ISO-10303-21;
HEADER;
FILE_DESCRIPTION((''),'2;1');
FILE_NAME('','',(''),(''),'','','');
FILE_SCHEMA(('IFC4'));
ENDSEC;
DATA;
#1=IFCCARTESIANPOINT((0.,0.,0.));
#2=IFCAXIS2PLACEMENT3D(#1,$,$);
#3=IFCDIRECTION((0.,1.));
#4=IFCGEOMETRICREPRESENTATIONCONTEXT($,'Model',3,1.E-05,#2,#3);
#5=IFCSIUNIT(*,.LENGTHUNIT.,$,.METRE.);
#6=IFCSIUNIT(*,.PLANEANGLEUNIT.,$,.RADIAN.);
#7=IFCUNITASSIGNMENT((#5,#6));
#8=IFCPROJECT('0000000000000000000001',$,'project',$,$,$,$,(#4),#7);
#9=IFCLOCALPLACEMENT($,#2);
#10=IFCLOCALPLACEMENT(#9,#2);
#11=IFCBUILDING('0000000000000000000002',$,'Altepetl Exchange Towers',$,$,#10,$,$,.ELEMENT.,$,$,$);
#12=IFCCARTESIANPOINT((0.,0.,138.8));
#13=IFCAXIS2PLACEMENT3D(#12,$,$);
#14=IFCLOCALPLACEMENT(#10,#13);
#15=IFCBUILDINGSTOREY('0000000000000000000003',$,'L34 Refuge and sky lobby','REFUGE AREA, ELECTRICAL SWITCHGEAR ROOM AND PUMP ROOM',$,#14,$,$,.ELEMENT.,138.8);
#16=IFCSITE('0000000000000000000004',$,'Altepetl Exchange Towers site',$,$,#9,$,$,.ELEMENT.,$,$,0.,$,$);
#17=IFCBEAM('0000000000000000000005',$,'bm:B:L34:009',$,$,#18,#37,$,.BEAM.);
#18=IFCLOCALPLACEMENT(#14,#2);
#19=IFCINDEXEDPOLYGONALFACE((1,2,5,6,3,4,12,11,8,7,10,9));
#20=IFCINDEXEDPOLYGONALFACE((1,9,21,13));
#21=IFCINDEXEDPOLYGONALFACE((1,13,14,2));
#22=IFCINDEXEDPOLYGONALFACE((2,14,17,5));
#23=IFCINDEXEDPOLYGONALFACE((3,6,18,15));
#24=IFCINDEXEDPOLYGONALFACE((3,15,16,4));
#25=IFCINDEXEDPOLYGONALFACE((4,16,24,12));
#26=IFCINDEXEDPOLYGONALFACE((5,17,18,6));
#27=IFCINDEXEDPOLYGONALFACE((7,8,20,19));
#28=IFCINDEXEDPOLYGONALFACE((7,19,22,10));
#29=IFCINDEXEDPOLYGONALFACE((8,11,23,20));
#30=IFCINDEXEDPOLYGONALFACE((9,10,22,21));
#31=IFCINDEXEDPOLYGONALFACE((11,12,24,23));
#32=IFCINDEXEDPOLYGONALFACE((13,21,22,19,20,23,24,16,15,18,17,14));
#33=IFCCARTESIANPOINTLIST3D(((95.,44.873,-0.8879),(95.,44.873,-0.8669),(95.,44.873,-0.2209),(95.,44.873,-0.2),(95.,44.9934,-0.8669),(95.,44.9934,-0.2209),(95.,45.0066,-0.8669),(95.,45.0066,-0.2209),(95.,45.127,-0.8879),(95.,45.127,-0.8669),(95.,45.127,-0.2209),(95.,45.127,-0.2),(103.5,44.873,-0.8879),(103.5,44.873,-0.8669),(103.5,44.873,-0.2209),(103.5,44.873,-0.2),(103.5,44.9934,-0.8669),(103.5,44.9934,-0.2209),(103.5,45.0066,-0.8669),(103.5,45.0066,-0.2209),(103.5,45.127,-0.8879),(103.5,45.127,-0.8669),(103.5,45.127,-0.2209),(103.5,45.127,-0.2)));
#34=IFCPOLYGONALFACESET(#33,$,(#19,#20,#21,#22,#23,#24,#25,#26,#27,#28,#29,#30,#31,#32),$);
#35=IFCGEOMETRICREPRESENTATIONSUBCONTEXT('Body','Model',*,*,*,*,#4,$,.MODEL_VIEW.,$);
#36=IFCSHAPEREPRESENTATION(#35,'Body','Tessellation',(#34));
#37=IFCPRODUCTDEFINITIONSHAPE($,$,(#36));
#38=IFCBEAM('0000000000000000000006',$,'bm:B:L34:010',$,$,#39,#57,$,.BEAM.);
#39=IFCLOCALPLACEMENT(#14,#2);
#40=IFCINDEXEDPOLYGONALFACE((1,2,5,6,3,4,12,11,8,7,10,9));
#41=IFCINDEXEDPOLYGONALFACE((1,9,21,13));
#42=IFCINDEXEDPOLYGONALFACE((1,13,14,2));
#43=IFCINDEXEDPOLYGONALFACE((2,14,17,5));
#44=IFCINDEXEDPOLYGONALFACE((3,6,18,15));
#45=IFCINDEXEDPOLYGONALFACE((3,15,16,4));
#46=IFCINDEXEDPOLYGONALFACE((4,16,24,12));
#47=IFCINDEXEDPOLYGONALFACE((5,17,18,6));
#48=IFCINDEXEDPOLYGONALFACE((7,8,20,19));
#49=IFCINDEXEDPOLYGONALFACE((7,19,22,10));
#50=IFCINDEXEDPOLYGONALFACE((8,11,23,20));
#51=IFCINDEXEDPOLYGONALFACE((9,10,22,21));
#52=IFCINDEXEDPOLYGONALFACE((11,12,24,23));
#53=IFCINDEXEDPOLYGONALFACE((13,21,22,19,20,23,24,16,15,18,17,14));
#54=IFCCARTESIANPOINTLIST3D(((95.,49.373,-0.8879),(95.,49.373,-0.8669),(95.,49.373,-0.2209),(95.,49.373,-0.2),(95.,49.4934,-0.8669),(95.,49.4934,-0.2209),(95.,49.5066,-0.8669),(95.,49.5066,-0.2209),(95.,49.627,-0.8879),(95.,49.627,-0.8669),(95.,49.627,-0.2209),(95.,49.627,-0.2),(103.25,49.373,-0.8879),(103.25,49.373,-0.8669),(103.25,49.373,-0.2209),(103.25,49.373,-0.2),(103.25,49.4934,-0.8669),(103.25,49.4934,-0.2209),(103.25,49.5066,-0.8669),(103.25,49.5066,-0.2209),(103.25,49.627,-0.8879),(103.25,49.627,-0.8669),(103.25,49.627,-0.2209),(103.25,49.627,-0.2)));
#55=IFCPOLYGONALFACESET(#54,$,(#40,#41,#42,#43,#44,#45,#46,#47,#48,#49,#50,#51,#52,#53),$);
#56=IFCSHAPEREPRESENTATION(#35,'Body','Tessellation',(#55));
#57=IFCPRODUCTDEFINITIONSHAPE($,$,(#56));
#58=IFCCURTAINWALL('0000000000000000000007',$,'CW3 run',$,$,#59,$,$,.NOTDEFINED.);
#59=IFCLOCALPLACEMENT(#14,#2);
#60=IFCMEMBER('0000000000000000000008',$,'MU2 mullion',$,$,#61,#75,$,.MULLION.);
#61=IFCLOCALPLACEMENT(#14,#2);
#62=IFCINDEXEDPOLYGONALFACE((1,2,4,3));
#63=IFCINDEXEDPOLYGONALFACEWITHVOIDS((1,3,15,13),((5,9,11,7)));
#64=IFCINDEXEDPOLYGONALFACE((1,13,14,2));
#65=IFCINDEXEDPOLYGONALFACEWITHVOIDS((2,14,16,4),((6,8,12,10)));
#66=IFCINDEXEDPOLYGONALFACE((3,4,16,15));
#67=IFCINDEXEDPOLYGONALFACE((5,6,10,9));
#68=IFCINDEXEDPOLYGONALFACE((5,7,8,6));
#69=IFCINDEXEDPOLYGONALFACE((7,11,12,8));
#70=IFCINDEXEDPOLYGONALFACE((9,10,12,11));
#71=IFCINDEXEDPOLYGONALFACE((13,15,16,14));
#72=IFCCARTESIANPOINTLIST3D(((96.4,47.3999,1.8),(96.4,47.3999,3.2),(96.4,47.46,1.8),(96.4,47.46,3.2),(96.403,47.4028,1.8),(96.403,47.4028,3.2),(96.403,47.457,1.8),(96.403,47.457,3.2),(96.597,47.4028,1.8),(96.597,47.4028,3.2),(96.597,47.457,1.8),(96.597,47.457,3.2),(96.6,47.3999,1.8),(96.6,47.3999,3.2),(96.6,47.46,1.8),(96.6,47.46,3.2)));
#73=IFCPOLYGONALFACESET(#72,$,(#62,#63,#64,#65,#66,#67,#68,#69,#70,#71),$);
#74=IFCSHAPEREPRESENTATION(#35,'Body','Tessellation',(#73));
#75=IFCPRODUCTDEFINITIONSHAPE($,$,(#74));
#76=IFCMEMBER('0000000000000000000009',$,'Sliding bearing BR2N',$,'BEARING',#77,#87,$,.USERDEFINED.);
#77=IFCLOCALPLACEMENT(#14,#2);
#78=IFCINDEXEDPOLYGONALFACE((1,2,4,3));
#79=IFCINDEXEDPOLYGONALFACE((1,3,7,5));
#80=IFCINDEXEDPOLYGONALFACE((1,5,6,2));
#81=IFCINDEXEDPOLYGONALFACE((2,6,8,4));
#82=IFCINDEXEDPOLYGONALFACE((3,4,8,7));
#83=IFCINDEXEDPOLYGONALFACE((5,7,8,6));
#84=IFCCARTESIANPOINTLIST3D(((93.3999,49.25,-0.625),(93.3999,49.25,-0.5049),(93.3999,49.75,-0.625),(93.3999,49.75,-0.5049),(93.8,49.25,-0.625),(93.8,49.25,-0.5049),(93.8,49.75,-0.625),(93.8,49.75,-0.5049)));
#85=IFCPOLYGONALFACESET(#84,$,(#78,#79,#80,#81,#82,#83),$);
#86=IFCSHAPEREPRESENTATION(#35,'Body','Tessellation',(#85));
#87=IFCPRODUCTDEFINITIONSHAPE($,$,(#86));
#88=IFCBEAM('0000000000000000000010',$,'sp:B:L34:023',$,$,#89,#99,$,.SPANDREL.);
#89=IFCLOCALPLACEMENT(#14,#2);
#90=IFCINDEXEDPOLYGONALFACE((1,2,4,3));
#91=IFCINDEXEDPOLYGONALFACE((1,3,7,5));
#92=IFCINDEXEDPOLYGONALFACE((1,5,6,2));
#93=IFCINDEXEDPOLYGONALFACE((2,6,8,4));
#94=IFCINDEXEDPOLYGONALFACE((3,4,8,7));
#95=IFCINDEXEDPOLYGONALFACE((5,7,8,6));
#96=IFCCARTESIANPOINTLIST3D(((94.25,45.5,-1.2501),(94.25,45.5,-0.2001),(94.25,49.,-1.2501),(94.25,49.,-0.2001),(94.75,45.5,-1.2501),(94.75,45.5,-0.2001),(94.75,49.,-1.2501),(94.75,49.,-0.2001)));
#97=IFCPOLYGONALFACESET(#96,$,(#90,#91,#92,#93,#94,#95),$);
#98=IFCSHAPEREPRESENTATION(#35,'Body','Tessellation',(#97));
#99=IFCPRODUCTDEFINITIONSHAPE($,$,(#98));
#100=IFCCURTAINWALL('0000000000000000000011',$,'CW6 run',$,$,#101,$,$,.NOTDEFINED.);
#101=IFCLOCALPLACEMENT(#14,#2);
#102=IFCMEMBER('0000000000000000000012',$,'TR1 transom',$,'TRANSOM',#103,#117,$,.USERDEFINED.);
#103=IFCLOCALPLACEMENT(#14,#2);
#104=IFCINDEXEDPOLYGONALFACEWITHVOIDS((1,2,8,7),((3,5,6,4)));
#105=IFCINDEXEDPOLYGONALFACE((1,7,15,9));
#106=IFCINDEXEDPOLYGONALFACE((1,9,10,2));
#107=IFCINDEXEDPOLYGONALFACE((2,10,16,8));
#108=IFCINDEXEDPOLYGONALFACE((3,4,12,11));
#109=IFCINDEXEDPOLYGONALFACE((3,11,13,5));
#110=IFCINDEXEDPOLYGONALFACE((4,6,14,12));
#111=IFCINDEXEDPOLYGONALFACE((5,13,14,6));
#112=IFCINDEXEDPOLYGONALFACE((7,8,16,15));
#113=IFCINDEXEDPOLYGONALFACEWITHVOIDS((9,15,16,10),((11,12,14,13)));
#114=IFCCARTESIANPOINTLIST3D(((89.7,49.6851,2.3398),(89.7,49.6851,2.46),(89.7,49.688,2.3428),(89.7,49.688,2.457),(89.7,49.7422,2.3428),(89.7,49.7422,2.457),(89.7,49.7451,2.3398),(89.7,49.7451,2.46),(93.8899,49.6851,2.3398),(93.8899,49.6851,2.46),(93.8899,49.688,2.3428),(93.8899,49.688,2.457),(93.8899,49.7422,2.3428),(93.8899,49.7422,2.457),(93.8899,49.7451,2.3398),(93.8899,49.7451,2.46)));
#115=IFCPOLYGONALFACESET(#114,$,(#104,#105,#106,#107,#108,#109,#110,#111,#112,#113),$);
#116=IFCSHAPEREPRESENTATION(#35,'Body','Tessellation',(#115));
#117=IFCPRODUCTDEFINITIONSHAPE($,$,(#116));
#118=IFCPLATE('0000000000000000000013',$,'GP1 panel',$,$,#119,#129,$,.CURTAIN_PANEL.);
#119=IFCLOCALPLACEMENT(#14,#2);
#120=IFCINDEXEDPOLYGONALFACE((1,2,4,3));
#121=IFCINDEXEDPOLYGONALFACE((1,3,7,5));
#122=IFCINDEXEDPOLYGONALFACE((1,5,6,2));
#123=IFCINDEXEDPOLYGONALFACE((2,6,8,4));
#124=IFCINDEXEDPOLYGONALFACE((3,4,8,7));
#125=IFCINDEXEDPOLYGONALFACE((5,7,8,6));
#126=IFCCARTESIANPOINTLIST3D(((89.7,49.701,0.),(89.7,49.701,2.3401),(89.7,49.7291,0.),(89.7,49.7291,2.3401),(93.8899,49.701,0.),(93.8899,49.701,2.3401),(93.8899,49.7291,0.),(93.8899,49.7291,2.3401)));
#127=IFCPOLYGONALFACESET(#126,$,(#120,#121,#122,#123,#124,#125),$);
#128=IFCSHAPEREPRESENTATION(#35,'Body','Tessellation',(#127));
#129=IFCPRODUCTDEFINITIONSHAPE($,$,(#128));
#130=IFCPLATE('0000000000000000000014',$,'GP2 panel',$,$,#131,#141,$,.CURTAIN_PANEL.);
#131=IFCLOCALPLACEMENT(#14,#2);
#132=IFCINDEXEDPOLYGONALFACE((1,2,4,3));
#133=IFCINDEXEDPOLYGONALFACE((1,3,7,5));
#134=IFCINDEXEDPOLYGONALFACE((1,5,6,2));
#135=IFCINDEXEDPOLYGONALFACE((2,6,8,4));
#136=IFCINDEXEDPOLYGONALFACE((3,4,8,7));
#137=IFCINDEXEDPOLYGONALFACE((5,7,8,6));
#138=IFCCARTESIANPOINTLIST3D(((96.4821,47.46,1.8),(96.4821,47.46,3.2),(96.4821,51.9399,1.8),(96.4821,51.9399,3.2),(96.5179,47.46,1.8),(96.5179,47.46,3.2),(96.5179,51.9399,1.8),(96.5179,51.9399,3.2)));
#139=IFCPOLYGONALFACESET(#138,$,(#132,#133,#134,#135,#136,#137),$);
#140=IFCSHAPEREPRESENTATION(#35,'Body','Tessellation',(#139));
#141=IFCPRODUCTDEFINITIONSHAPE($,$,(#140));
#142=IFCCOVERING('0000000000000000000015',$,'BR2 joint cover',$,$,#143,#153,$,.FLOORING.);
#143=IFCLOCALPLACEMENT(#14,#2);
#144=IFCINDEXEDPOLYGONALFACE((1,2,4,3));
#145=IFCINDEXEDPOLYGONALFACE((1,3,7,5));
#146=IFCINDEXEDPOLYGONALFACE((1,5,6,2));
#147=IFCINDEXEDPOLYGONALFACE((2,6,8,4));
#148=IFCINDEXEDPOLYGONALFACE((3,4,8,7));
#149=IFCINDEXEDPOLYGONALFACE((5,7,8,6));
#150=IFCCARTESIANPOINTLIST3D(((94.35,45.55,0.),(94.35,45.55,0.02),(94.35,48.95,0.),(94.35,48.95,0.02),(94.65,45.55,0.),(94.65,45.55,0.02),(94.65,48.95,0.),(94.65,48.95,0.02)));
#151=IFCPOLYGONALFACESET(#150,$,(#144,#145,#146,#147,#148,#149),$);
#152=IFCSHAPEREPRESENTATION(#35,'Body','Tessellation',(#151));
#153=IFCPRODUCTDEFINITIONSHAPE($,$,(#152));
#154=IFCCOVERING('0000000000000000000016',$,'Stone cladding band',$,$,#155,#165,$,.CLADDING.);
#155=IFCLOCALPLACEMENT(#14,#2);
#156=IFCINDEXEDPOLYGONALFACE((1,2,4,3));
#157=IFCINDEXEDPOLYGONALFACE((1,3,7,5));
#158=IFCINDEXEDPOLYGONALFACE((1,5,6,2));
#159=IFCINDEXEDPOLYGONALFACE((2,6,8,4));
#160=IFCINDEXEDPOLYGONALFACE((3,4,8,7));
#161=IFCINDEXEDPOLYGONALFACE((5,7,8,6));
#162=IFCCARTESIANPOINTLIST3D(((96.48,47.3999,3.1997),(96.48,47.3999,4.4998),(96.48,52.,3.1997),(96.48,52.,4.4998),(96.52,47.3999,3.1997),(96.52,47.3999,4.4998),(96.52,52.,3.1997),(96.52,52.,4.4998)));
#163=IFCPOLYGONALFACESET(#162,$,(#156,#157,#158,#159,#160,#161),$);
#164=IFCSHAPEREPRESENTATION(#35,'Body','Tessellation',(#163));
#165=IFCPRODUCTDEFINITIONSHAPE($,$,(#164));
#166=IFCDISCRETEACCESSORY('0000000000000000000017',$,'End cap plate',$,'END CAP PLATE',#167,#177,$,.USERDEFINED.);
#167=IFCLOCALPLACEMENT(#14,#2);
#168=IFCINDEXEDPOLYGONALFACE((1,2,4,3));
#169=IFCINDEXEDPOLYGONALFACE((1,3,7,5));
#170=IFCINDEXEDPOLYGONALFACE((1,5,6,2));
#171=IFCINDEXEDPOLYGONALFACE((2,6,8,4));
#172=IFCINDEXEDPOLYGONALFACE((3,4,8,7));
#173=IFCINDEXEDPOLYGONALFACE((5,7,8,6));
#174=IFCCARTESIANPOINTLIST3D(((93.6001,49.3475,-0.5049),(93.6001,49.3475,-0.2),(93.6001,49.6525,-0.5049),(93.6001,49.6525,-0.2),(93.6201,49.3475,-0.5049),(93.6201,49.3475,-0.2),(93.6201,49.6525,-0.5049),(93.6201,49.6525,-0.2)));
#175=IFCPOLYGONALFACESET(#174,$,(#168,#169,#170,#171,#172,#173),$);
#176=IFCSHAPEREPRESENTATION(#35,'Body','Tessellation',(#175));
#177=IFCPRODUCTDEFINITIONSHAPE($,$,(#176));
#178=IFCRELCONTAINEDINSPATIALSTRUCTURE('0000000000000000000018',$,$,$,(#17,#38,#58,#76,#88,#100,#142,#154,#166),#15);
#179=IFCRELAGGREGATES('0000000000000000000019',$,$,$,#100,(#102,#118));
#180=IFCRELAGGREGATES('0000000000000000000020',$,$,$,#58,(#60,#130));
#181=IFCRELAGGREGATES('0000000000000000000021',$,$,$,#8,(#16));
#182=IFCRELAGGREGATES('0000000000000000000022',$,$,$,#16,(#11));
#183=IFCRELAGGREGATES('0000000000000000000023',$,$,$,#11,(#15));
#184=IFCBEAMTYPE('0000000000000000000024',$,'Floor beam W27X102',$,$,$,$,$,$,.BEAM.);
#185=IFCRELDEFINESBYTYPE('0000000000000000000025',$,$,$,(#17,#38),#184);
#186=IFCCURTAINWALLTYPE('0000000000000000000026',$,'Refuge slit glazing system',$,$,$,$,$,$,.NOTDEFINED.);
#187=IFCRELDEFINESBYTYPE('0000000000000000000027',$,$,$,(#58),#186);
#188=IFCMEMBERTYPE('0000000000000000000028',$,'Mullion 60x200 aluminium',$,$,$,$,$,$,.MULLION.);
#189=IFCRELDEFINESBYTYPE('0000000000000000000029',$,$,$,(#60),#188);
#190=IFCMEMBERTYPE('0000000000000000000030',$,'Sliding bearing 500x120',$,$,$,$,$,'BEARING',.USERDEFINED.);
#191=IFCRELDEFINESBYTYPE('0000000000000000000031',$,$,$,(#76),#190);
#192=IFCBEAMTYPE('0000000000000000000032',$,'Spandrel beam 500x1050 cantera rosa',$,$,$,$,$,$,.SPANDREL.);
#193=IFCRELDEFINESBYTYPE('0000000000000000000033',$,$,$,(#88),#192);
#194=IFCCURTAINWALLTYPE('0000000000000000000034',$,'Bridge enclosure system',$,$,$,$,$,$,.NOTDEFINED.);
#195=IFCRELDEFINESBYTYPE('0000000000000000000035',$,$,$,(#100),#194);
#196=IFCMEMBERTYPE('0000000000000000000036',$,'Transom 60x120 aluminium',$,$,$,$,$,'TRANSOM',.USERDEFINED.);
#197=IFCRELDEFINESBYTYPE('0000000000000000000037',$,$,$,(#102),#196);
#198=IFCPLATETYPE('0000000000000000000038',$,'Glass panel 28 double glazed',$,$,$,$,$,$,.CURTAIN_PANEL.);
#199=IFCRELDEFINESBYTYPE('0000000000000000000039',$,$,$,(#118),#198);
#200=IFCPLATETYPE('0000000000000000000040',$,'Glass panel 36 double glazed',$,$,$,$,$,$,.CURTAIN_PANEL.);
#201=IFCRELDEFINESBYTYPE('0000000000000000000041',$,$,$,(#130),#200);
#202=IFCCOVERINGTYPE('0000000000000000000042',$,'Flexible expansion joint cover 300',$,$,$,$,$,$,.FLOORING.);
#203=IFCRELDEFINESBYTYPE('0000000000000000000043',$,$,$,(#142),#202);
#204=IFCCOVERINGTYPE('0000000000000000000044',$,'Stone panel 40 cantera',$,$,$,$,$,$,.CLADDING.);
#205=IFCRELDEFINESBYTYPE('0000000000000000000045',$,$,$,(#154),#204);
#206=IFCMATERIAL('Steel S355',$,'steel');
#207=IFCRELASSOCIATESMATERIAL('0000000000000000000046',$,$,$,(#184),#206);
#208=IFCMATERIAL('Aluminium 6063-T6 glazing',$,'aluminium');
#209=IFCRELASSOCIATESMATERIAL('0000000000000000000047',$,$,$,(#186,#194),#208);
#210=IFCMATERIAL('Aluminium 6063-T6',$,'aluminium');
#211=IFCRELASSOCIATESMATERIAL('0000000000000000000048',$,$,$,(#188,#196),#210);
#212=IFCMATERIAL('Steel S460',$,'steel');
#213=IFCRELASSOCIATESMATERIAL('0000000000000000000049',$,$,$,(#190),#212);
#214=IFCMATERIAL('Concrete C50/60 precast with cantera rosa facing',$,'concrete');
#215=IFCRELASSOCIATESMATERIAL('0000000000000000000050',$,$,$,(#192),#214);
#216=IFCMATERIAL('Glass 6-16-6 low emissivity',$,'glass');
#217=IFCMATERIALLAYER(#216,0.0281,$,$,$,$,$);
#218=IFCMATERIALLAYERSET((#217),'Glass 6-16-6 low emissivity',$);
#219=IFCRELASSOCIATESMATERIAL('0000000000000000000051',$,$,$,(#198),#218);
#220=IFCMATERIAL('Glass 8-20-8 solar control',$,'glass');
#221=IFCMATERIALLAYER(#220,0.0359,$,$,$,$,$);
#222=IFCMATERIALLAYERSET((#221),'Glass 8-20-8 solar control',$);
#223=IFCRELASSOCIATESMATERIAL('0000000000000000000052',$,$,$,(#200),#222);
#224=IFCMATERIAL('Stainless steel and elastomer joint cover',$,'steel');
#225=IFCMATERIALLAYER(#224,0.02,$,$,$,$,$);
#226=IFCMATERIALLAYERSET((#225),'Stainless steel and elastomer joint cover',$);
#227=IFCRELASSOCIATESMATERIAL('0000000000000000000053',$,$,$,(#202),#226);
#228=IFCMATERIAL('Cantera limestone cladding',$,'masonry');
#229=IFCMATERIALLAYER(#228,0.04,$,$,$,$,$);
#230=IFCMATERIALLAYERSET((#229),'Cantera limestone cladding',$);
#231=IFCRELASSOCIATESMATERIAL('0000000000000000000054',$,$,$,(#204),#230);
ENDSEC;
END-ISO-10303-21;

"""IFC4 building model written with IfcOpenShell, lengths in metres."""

from ifc_helpers import new_model, si_unit, direction, frame, origin, origin_2d, place, context, subcontext, project, spatial, rectangle, hollow_rectangle, i_section, extrude, material, layer, layer_set, material_profile, profile_set, type_object, element, aggregate, save


model = new_model("IFC4")

# Units and contexts
model_context = context("Model", 3, precision=1e-05, world=origin(), true_north=direction((0.0, 1.0)))
body_context = subcontext(model_context, "Body", "Model", "MODEL_VIEW")
ifc_project = project(units=[si_unit("LENGTHUNIT", "METRE"), si_unit("PLANEANGLEUNIT", "RADIAN")], contexts=[model_context])

# Site, building, storey
site_placement = place(None, origin())
site = spatial("IfcSite", under=ifc_project, at=site_placement, Name="Altepetl Exchange Towers site", CompositionType="ELEMENT", RefElevation=0.0)
building_placement = place(site_placement, origin())
building = spatial("IfcBuilding", under=site, at=building_placement, Name="Altepetl Exchange Towers", CompositionType="ELEMENT")
storey_placement = place(building_placement, frame((0.0, 0.0, 138.8)))
storey = spatial("IfcBuildingStorey", under=building, at=storey_placement, Name="L34 Refuge and sky lobby", Description="REFUGE AREA, ELECTRICAL SWITCHGEAR ROOM AND PUMP ROOM", CompositionType="ELEMENT", Elevation=138.8)

# Shared definitions
ifc_material_1 = material(Name="Steel S355", Category="steel")

# Beams
ifc_material_profile_1 = material_profile(ifc_material_1, i_section(OverallWidth=0.2539, OverallDepth=0.688, WebThickness=0.0132, FlangeThickness=0.021, at=origin_2d()), Name="W27X102")
ifc_profile_set_1 = profile_set([ifc_material_profile_1], Name="Steel S355")
beam_type_1 = type_object("IfcBeamType", Name="Floor beam W27X102", PredefinedType="BEAM", material=ifc_profile_set_1)
beam_1_placement = place(storey_placement, frame((95.0, 45.0, -0.5439), z_axis=(1.0, 0.0, 0.0), x_axis=(0.0, 1.0, 0.0)))
element("IfcBeam", 1, at=beam_1_placement, inside=storey, type_object=beam_type_1, Name="bm:B:L34:009", PredefinedType="BEAM", context=body_context, shape_type="SweptSolid", body=[
    extrude(i_section(OverallWidth=0.2539, OverallDepth=0.688, WebThickness=0.0132, FlangeThickness=0.021, at=origin_2d()), origin(), (0.0, 0.0, 1.0), 8.5),
])
beam_2_placement = place(storey_placement, frame((95.0, 49.5, -0.5439), z_axis=(1.0, 0.0, 0.0), x_axis=(0.0, 1.0, 0.0)))
element("IfcBeam", 2, at=beam_2_placement, inside=storey, type_object=beam_type_1, Name="bm:B:L34:010", PredefinedType="BEAM", context=body_context, shape_type="SweptSolid", body=[
    extrude(i_section(OverallWidth=0.2539, OverallDepth=0.688, WebThickness=0.0132, FlangeThickness=0.021, at=origin_2d()), origin(), (0.0, 0.0, 1.0), 8.25),
])

# Curtain wall, member
ifc_material_2 = material(Name="Aluminium 6063-T6 glazing", Category="aluminium")
curtain_wall_type_1 = type_object("IfcCurtainWallType", Name="Refuge slit glazing system", PredefinedType="NOTDEFINED", material=ifc_material_2)
curtain_wall_1_placement = place(storey_placement, origin())
curtain_wall_1 = element("IfcCurtainWall", 3, at=curtain_wall_1_placement, inside=storey, type_object=curtain_wall_type_1, Name="CW3 run", PredefinedType="NOTDEFINED")
ifc_material_3 = material(Name="Aluminium 6063-T6", Category="aluminium")
ifc_material_profile_2 = material_profile(ifc_material_3, hollow_rectangle(XDim=0.0601, YDim=0.2, WallThickness=0.0029, at=origin_2d()), Name="Mullion 60x200 aluminium")
ifc_profile_set_2 = profile_set([ifc_material_profile_2], Name="Aluminium 6063-T6")
member_type_1 = type_object("IfcMemberType", Name="Mullion 60x200 aluminium", PredefinedType="MULLION", material=ifc_profile_set_2)
member_1_placement = place(storey_placement, frame((96.5, 47.4299, 1.8), z_axis=(0.0, 0.0, 1.0), x_axis=(0.0, -1.0, 0.0)))
member_1 = element("IfcMember", 4, at=member_1_placement, type_object=member_type_1, Name="MU2 mullion", PredefinedType="MULLION", context=body_context, shape_type="SweptSolid", body=[
    extrude(hollow_rectangle(XDim=0.0601, YDim=0.2, WallThickness=0.0029, at=origin_2d()), origin(), (0.0, 0.0, 1.0), 1.3999),
])

# Member
ifc_material_4 = material(Name="Steel S460", Category="steel")
ifc_material_profile_3 = material_profile(ifc_material_4, rectangle(XDim=0.5, YDim=0.1201, at=origin_2d()), Name="500 x 120")
ifc_profile_set_3 = profile_set([ifc_material_profile_3], Name="Steel S460")
member_type_2 = type_object("IfcMemberType", Name="Sliding bearing 500x120", ElementType="BEARING", PredefinedType="USERDEFINED", material=ifc_profile_set_3)
member_2_placement = place(storey_placement, frame((93.3999, 49.5, -0.5649), z_axis=(1.0, 0.0, 0.0), x_axis=(0.0, 1.0, 0.0)))
element("IfcMember", 5, at=member_2_placement, inside=storey, type_object=member_type_2, Name="Sliding bearing BR2N", ObjectType="BEARING", PredefinedType="USERDEFINED", context=body_context, shape_type="SweptSolid", body=[
    extrude(rectangle(XDim=0.5, YDim=0.1201, at=origin_2d()), origin(), (0.0, 0.0, 1.0), 0.4001),
])

# Beam
ifc_material_5 = material(Name="Concrete C50/60 precast with cantera rosa facing", Category="concrete")
ifc_material_profile_4 = material_profile(ifc_material_5, rectangle(XDim=0.5, YDim=1.05, at=origin_2d()), Name="500 x 1050")
ifc_profile_set_4 = profile_set([ifc_material_profile_4], Name="Concrete C50/60 precast with cantera rosa facing")
beam_type_2 = type_object("IfcBeamType", Name="Spandrel beam 500x1050 cantera rosa", PredefinedType="SPANDREL", material=ifc_profile_set_4)
beam_3_placement = place(storey_placement, frame((94.5, 49.0, -0.7251), z_axis=(0.0, -1.0, 0.0), x_axis=(1.0, 0.0, 0.0)))
element("IfcBeam", 6, at=beam_3_placement, inside=storey, type_object=beam_type_2, Name="sp:B:L34:023", PredefinedType="SPANDREL", context=body_context, shape_type="SweptSolid", body=[
    extrude(rectangle(XDim=0.5, YDim=1.05, at=origin_2d()), origin(), (0.0, 0.0, 1.0), 3.5),
])

# Curtain wall, member, plate
curtain_wall_type_2 = type_object("IfcCurtainWallType", Name="Bridge enclosure system", PredefinedType="NOTDEFINED", material=ifc_material_2)
curtain_wall_2_placement = place(storey_placement, origin())
curtain_wall_2 = element("IfcCurtainWall", 7, at=curtain_wall_2_placement, inside=storey, type_object=curtain_wall_type_2, Name="CW6 run", PredefinedType="NOTDEFINED")
ifc_material_profile_5 = material_profile(ifc_material_3, hollow_rectangle(XDim=0.0601, YDim=0.1201, WallThickness=0.0029, at=origin_2d()), Name="Transom 60x120 aluminium")
ifc_profile_set_5 = profile_set([ifc_material_profile_5], Name="Aluminium 6063-T6")
member_type_3 = type_object("IfcMemberType", Name="Transom 60x120 aluminium", ElementType="TRANSOM", PredefinedType="USERDEFINED", material=ifc_profile_set_5)
member_3_placement = place(storey_placement, frame((89.7, 49.7151, 2.3999), z_axis=(1.0, 0.0, 0.0), x_axis=(0.0, 1.0, 0.0)))
member_3 = element("IfcMember", 8, at=member_3_placement, type_object=member_type_3, Name="TR1 transom", ObjectType="TRANSOM", PredefinedType="USERDEFINED", context=body_context, shape_type="SweptSolid", body=[
    extrude(hollow_rectangle(XDim=0.0601, YDim=0.1201, WallThickness=0.0029, at=origin_2d()), origin(), (0.0, 0.0, 1.0), 4.1899),
])
ifc_material_6 = material(Name="Glass 6-16-6 low emissivity", Category="glass")
ifc_layer_1 = layer(ifc_material_6, 0.0281)
ifc_layer_set_1 = layer_set([ifc_layer_1], Name="Glass 6-16-6 low emissivity")
plate_type_1 = type_object("IfcPlateType", Name="Glass panel 28 double glazed", PredefinedType="CURTAIN_PANEL", material=ifc_layer_set_1)
plate_1_placement = place(storey_placement, frame((91.7949, 49.7151, 0.0)))
plate_1 = element("IfcPlate", 9, at=plate_1_placement, type_object=plate_type_1, Name="GP1 panel", PredefinedType="CURTAIN_PANEL", context=body_context, shape_type="SweptSolid", body=[
    extrude(rectangle(XDim=4.1899, YDim=0.0281, at=origin_2d()), origin(), (0.0, 0.0, 1.0), 2.3401),
])
aggregate(curtain_wall_2, [member_3, plate_1])

# Plate
ifc_material_7 = material(Name="Glass 8-20-8 solar control", Category="glass")
ifc_layer_2 = layer(ifc_material_7, 0.0359)
ifc_layer_set_2 = layer_set([ifc_layer_2], Name="Glass 8-20-8 solar control")
plate_type_2 = type_object("IfcPlateType", Name="Glass panel 36 double glazed", PredefinedType="CURTAIN_PANEL", material=ifc_layer_set_2)
plate_2_placement = place(storey_placement, frame((96.5, 49.7, 1.8), z_axis=(0.0, 0.0, 1.0), x_axis=(0.0, -1.0, 0.0)))
plate_2 = element("IfcPlate", 10, at=plate_2_placement, type_object=plate_type_2, Name="GP2 panel", PredefinedType="CURTAIN_PANEL", context=body_context, shape_type="SweptSolid", body=[
    extrude(rectangle(XDim=4.48, YDim=0.0359, at=origin_2d()), origin(), (0.0, 0.0, 1.0), 1.3999),
])
aggregate(curtain_wall_1, [member_1, plate_2])

# Shared definitions
ifc_material_8 = material(Name="Cantera limestone cladding", Category="masonry")

# Coverings
ifc_material_9 = material(Name="Stainless steel and elastomer joint cover", Category="steel")
ifc_layer_3 = layer(ifc_material_9, 0.02)
ifc_layer_set_3 = layer_set([ifc_layer_3], Name="Stainless steel and elastomer joint cover")
covering_type_1 = type_object("IfcCoveringType", Name="Flexible expansion joint cover 300", PredefinedType="FLOORING", material=ifc_layer_set_3)
covering_1_placement = place(storey_placement, frame((94.5, 47.25, 0.0)))
element("IfcCovering", 11, at=covering_1_placement, inside=storey, type_object=covering_type_1, Name="BR2 joint cover", PredefinedType="FLOORING", context=body_context, shape_type="SweptSolid", body=[
    extrude(rectangle(XDim=0.3, YDim=3.3999, at=origin_2d()), origin(), (0.0, 0.0, 1.0), 0.02),
])
ifc_layer_4 = layer(ifc_material_8, 0.04)
ifc_layer_set_4 = layer_set([ifc_layer_4], Name="Cantera limestone cladding")
covering_type_2 = type_object("IfcCoveringType", Name="Stone panel 40 cantera", PredefinedType="CLADDING", material=ifc_layer_set_4)
covering_2_placement = place(storey_placement, frame((96.5, 49.7, 3.1997), z_axis=(0.0, 0.0, 1.0), x_axis=(0.0, -1.0, 0.0)))
element("IfcCovering", 12, at=covering_2_placement, inside=storey, type_object=covering_type_2, Name="Stone cladding band", PredefinedType="CLADDING", context=body_context, shape_type="SweptSolid", body=[
    extrude(rectangle(XDim=4.6001, YDim=0.04, at=origin_2d()), origin(), (0.0, 0.0, 1.0), 1.3),
])

# Discrete accessory
discrete_accessory_1_placement = place(storey_placement, frame((93.6101, 49.5, -0.5049)))
element("IfcDiscreteAccessory", 13, at=discrete_accessory_1_placement, inside=storey, Name="End cap plate", ObjectType="END CAP PLATE", PredefinedType="USERDEFINED", context=body_context, shape_type="SweptSolid", body=[
    extrude(rectangle(XDim=0.02, YDim=0.3049, at=origin_2d()), origin(), (0.0, 0.0, 1.0), 0.3049),
])

save(model, "model.ifc")
